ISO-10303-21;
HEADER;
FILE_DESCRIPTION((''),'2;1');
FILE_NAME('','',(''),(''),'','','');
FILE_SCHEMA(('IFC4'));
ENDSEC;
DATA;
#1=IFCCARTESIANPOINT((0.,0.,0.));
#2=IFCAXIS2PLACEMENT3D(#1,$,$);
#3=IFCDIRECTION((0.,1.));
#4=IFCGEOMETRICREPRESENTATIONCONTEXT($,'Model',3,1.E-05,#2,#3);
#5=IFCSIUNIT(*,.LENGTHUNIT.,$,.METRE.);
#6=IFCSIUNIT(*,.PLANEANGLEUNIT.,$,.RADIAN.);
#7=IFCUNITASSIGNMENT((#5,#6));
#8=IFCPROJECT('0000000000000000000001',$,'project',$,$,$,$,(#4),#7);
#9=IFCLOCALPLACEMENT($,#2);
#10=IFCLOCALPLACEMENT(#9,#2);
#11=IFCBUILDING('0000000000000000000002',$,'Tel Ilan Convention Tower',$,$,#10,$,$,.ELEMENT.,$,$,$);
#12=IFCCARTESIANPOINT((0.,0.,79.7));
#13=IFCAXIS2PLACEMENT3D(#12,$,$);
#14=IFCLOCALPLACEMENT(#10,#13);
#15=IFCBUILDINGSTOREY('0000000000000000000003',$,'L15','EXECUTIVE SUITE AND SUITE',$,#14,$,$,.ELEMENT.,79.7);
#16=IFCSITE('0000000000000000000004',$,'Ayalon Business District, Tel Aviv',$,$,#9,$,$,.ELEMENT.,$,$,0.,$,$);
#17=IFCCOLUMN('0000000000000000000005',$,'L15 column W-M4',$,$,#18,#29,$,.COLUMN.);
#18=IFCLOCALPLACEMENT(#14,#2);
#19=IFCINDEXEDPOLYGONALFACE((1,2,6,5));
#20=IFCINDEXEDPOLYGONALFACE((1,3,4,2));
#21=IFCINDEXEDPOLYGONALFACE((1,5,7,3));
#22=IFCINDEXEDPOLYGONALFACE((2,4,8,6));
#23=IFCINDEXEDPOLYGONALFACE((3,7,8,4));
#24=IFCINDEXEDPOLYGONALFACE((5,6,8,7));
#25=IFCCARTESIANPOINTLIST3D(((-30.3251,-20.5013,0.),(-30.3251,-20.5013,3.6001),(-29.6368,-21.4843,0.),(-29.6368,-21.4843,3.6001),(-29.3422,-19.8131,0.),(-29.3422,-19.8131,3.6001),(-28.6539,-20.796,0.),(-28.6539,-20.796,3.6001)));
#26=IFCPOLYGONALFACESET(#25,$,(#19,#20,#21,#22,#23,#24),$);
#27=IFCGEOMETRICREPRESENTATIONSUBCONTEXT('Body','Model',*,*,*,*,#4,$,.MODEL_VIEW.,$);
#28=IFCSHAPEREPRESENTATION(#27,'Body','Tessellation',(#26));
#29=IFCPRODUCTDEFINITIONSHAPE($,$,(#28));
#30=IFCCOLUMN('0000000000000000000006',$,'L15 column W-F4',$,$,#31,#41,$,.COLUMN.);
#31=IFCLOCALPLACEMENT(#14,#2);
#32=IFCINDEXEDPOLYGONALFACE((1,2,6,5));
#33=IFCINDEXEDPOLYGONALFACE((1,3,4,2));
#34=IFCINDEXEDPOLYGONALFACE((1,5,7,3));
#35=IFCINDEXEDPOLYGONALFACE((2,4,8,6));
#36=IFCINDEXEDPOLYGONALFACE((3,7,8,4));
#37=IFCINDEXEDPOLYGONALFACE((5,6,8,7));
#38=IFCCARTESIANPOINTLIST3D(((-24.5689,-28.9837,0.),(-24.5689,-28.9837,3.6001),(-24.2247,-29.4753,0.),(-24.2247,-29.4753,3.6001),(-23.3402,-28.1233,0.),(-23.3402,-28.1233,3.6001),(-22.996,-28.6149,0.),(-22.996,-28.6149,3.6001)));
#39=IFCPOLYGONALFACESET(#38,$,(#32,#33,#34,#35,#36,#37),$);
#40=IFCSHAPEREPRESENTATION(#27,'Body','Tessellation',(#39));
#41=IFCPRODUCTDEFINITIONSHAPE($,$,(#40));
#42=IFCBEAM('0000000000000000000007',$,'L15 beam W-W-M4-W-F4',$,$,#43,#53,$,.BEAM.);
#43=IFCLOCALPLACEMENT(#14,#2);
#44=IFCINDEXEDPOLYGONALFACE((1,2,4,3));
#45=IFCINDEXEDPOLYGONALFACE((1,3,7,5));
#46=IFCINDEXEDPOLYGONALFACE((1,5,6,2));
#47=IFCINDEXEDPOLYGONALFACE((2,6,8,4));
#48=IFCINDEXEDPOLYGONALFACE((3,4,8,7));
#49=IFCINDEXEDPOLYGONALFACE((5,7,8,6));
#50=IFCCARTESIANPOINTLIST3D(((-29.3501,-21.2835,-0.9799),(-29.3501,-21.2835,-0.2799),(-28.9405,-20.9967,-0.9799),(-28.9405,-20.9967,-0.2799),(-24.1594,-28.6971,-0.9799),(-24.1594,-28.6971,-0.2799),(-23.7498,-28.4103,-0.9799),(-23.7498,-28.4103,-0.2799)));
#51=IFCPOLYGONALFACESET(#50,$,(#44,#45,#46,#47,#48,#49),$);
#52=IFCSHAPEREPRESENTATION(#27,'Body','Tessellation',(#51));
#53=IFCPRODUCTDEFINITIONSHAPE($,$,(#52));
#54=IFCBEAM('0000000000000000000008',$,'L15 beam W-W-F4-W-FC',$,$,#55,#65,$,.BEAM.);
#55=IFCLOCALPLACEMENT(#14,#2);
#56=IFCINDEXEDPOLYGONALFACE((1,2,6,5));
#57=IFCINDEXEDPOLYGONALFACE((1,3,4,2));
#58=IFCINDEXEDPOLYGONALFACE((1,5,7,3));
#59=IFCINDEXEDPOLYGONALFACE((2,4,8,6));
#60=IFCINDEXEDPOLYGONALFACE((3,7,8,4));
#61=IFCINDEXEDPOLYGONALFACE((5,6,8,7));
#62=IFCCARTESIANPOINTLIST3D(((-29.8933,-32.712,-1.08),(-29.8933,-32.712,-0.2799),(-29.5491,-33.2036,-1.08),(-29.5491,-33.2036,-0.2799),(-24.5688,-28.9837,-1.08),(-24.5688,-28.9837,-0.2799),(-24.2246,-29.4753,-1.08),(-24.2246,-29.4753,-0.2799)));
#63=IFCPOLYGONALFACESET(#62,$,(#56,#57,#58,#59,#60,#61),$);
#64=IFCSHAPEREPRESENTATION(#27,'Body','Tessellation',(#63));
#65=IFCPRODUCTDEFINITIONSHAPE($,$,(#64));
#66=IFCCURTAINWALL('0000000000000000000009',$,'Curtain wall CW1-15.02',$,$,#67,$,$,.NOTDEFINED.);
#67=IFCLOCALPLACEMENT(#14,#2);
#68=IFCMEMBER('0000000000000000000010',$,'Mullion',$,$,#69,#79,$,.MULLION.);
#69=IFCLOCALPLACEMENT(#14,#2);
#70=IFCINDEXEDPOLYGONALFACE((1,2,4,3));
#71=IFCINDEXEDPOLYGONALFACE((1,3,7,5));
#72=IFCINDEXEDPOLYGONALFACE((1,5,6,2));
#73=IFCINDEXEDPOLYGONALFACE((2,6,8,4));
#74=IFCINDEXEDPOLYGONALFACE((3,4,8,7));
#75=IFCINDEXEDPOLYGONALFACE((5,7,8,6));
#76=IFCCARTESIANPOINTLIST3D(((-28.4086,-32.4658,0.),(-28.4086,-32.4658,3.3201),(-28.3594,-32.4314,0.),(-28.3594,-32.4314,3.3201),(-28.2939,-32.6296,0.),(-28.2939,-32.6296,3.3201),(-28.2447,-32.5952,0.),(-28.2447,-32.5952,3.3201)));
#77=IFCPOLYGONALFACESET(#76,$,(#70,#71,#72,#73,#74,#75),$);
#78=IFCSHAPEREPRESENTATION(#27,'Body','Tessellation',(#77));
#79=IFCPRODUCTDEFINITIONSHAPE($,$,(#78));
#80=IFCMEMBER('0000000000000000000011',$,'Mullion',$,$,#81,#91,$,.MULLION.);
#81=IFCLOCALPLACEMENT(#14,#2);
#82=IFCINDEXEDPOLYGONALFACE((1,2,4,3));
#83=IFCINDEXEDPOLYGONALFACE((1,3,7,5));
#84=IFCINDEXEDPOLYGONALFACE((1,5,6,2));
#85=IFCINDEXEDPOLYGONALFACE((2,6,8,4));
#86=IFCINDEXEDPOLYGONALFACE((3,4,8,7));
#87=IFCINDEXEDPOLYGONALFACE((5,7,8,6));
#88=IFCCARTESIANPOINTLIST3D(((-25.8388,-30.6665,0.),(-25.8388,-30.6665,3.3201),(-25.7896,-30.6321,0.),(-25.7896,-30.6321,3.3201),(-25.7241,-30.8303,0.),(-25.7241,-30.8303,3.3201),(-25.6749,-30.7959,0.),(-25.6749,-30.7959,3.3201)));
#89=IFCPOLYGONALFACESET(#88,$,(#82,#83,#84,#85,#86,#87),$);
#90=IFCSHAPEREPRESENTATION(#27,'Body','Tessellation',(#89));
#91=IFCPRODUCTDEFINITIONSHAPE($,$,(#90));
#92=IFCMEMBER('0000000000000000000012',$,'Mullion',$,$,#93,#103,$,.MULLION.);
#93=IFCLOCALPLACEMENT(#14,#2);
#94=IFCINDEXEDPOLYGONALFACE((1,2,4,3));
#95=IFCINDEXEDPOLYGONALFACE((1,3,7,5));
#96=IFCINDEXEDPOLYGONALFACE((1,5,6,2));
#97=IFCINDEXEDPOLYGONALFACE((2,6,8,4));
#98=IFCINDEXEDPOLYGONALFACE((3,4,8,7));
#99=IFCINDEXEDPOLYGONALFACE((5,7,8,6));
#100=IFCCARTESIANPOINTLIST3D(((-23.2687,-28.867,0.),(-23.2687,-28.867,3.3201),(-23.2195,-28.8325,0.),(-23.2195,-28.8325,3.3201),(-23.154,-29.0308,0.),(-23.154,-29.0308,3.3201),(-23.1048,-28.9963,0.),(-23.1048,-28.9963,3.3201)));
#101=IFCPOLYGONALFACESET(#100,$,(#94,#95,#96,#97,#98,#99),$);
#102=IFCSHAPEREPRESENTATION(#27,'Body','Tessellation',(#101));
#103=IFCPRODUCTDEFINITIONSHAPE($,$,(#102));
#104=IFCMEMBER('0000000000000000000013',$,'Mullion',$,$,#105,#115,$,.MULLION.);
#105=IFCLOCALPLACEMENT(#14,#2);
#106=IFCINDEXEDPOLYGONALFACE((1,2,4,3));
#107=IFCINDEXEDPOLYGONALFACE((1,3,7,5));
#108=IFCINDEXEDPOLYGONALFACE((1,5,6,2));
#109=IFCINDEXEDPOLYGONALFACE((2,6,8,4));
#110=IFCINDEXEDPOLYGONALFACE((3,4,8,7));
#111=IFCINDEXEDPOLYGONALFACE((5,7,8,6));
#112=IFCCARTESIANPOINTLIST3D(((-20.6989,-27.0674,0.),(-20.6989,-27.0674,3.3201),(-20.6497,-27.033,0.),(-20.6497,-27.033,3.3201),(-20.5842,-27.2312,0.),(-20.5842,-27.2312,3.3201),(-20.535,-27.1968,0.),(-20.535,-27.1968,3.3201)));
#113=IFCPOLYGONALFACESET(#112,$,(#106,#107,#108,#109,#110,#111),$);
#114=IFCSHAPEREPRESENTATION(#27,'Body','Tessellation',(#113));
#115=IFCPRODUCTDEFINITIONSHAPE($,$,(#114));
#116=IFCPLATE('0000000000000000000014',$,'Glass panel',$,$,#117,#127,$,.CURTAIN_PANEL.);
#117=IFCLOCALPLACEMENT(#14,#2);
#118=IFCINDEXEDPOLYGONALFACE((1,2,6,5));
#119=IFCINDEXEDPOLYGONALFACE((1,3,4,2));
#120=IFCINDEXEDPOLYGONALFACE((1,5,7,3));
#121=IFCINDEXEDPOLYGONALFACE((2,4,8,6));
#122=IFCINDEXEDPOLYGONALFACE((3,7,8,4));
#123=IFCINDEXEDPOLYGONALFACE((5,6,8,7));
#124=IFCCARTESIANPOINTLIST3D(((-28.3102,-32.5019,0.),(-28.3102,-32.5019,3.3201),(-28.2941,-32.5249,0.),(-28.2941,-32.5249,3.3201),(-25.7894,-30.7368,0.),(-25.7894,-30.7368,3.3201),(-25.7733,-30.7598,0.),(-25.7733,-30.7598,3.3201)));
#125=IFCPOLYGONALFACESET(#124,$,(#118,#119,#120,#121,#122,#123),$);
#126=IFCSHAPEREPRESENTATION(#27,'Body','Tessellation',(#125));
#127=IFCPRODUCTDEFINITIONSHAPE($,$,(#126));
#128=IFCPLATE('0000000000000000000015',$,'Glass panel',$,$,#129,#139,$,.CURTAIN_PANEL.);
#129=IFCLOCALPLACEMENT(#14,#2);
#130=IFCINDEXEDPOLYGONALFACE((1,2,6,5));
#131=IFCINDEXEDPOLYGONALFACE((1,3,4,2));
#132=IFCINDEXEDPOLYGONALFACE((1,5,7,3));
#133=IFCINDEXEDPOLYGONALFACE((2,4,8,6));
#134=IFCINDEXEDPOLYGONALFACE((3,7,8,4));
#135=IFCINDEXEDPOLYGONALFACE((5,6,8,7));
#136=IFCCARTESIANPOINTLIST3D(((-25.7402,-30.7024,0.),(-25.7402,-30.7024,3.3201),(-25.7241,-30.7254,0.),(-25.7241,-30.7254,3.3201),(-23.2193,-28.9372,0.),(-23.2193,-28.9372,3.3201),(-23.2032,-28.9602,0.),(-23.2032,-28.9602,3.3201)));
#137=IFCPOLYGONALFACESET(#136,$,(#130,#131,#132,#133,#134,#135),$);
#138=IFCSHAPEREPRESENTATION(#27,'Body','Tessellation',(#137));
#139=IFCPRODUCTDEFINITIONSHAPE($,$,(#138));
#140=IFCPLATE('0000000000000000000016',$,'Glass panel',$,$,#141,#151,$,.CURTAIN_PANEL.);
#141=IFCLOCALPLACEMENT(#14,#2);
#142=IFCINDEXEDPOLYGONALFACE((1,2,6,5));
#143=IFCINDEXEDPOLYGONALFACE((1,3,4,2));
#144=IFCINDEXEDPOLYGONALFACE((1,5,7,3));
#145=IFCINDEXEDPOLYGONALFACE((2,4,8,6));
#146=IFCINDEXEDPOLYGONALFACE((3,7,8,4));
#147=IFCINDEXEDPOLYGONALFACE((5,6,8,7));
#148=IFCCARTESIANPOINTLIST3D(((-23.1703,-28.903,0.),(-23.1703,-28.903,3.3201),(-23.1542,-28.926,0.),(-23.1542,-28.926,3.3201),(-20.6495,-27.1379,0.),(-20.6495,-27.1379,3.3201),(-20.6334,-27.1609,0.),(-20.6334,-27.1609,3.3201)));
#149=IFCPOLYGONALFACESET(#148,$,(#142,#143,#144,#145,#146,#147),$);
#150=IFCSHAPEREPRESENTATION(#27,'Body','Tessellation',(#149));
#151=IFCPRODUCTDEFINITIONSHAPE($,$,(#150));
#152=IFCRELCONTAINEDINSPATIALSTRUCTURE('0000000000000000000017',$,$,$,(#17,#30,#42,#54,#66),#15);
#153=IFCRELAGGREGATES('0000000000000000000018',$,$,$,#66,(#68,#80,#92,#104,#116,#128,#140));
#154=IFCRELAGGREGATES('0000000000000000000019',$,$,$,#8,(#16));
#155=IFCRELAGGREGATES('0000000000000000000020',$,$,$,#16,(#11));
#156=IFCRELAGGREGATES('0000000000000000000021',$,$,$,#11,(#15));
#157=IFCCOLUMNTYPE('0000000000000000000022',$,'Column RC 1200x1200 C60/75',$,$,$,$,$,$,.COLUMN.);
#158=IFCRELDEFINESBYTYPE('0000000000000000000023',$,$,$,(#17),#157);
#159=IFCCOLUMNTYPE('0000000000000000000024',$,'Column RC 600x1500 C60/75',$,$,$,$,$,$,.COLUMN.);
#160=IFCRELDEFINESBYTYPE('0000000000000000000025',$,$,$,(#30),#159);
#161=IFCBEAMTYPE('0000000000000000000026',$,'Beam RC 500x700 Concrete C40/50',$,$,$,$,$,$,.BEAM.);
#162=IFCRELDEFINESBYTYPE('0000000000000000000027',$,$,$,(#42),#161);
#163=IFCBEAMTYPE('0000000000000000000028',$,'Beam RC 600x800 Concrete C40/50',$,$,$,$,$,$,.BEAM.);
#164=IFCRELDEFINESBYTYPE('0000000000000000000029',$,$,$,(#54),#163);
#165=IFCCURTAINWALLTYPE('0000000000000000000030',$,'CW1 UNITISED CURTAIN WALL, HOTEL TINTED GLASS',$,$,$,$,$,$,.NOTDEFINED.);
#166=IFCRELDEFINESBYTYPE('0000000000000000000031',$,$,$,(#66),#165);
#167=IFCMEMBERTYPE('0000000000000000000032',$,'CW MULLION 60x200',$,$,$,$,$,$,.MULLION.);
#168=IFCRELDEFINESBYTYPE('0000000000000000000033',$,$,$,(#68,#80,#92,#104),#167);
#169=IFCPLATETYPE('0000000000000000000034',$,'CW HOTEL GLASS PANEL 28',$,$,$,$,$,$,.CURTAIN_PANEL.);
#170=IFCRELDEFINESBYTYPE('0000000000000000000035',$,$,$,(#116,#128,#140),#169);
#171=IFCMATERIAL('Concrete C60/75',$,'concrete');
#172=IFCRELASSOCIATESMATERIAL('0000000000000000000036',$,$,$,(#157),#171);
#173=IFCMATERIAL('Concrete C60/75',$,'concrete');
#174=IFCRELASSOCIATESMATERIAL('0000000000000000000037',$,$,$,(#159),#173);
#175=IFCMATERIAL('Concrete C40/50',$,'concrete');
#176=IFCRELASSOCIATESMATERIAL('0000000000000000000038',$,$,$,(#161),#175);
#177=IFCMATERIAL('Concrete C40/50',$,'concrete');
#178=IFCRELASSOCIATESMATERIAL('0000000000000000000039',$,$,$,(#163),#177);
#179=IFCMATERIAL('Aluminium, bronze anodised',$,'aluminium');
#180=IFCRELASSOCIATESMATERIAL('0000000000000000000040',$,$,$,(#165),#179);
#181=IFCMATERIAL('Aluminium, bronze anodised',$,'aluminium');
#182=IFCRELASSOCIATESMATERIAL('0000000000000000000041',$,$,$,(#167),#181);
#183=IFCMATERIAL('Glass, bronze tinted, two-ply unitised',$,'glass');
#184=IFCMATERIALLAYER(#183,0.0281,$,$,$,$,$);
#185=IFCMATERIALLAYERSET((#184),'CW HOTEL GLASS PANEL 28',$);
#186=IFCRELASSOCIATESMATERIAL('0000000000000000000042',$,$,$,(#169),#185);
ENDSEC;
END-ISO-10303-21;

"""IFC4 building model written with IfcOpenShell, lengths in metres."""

from ifc_helpers import new_model, si_unit, direction, frame, origin, origin_2d, place, context, subcontext, project, spatial, rectangle, extrude, material, layer, layer_set, material_profile, profile_set, type_object, element, aggregate, save


model = new_model("IFC4")

# Units and contexts
model_context = context("Model", 3, precision=1e-05, world=origin(), true_north=direction((0.0, 1.0)))
body_context = subcontext(model_context, "Body", "Model", "MODEL_VIEW")
ifc_project = project(units=[si_unit("LENGTHUNIT", "METRE"), si_unit("PLANEANGLEUNIT", "RADIAN")], contexts=[model_context])

# Site, building, storey
site_placement = place(None, origin())
site = spatial("IfcSite", under=ifc_project, at=site_placement, Name="Ayalon Business District, Tel Aviv", CompositionType="ELEMENT", RefElevation=0.0)
building_placement = place(site_placement, origin())
building = spatial("IfcBuilding", under=site, at=building_placement, Name="Tel Ilan Convention Tower", CompositionType="ELEMENT")
storey_placement = place(building_placement, frame((0.0, 0.0, 79.7)))
storey = spatial("IfcBuildingStorey", under=building, at=storey_placement, Name="L15", Description="EXECUTIVE SUITE AND SUITE", CompositionType="ELEMENT", Elevation=79.7)

# Columns
ifc_material_1 = material(Name="Concrete C60/75", Category="concrete")
ifc_material_profile_1 = material_profile(ifc_material_1, rectangle(XDim=1.2, YDim=1.2, at=origin_2d()), Name="RC 1200x1200")
ifc_profile_set_1 = profile_set([ifc_material_profile_1], Name="Concrete C60/75")
column_type_1 = type_object("IfcColumnType", Name="Column RC 1200x1200 C60/75", PredefinedType="COLUMN", material=ifc_profile_set_1)
column_1_placement = place(storey_placement, frame((-29.4895, -20.6487, 0.0), z_axis=(0.0, 0.0, 1.0), x_axis=(-0.819152, -0.573576, 0.0)))
element("IfcColumn", 1, at=column_1_placement, inside=storey, type_object=column_type_1, Name="L15 column W-M4", PredefinedType="COLUMN", context=body_context, shape_type="SweptSolid", body=[
    extrude(rectangle(XDim=1.2, YDim=1.2, at=origin_2d()), origin(), (0.0, 0.0, 1.0), 3.6001),
])
ifc_material_2 = material(Name="Concrete C60/75", Category="concrete")
ifc_material_profile_2 = material_profile(ifc_material_2, rectangle(XDim=1.5, YDim=0.6001, at=origin_2d()), Name="RC 600x1500")
ifc_profile_set_2 = profile_set([ifc_material_profile_2], Name="Concrete C60/75")
column_type_2 = type_object("IfcColumnType", Name="Column RC 600x1500 C60/75", PredefinedType="COLUMN", material=ifc_profile_set_2)
column_2_placement = place(storey_placement, frame((-23.7825, -28.7993, 0.0), z_axis=(0.0, 0.0, 1.0), x_axis=(-0.819152, -0.573576, 0.0)))
element("IfcColumn", 2, at=column_2_placement, inside=storey, type_object=column_type_2, Name="L15 column W-F4", PredefinedType="COLUMN", context=body_context, shape_type="SweptSolid", body=[
    extrude(rectangle(XDim=1.5, YDim=0.6001, at=origin_2d()), origin(), (0.0, 0.0, 1.0), 3.6001),
])

# Beams
ifc_material_3 = material(Name="Concrete C40/50", Category="concrete")
ifc_material_profile_3 = material_profile(ifc_material_3, rectangle(XDim=0.5, YDim=0.7, at=origin_2d()), Name="RC 500x700")
ifc_profile_set_3 = profile_set([ifc_material_profile_3], Name="Concrete C40/50")
beam_type_1 = type_object("IfcBeamType", Name="Beam RC 500x700 Concrete C40/50", PredefinedType="BEAM", material=ifc_profile_set_3)
beam_1_placement = place(storey_placement, frame((-29.1453, -21.1401, -0.6299), z_axis=(0.573549, -0.819171, 0.0), x_axis=(0.819171, 0.573549, 0.0)))
element("IfcBeam", 3, at=beam_1_placement, inside=storey, type_object=beam_type_1, Name="L15 beam W-W-M4-W-F4", PredefinedType="BEAM", context=body_context, shape_type="SweptSolid", body=[
    extrude(rectangle(XDim=0.5, YDim=0.7, at=origin_2d()), origin(), (0.0, 0.0, 1.0), 9.05),
])
ifc_material_4 = material(Name="Concrete C40/50", Category="concrete")
ifc_material_profile_4 = material_profile(ifc_material_4, rectangle(XDim=0.6001, YDim=0.8, at=origin_2d()), Name="RC 600x800")
ifc_profile_set_4 = profile_set([ifc_material_profile_4], Name="Concrete C40/50")
beam_type_2 = type_object("IfcBeamType", Name="Beam RC 600x800 Concrete C40/50", PredefinedType="BEAM", material=ifc_profile_set_4)
beam_2_placement = place(storey_placement, frame((-24.3967, -29.2295, -0.6799), z_axis=(-0.819149, -0.573581, 0.0), x_axis=(0.573581, -0.819149, 0.0)))
element("IfcBeam", 4, at=beam_2_placement, inside=storey, type_object=beam_type_2, Name="L15 beam W-W-F4-W-FC", PredefinedType="BEAM", context=body_context, shape_type="SweptSolid", body=[
    extrude(rectangle(XDim=0.6001, YDim=0.8, at=origin_2d()), origin(), (0.0, 0.0, 1.0), 6.5),
])

# Curtain wall, members, plates
ifc_material_5 = material(Name="Aluminium, bronze anodised", Category="aluminium")
curtain_wall_type = type_object("IfcCurtainWallType", Name="CW1 UNITISED CURTAIN WALL, HOTEL TINTED GLASS", PredefinedType="NOTDEFINED", material=ifc_material_5)
curtain_wall_placement = place(storey_placement, origin())
curtain_wall = element("IfcCurtainWall", 5, at=curtain_wall_placement, inside=storey, type_object=curtain_wall_type, Name="Curtain wall CW1-15.02", PredefinedType="NOTDEFINED")
ifc_material_6 = material(Name="Aluminium, bronze anodised", Category="aluminium")
ifc_material_profile_5 = material_profile(ifc_material_6, rectangle(XDim=0.0601, YDim=0.2, at=origin_2d()), Name="CW MULLION 60x200")
ifc_profile_set_5 = profile_set([ifc_material_profile_5], Name="Aluminium, bronze anodised")
member_type = type_object("IfcMemberType", Name="CW MULLION 60x200", PredefinedType="MULLION", material=ifc_profile_set_5)
member_1_placement = place(storey_placement, frame((-28.3267, -32.5305, 0.0), z_axis=(0.0, 0.0, 1.0), x_axis=(0.819152, 0.573576, 0.0)))
member_1 = element("IfcMember", 6, at=member_1_placement, type_object=member_type, Name="Mullion", PredefinedType="MULLION", context=body_context, shape_type="SweptSolid", body=[
    extrude(rectangle(XDim=0.0601, YDim=0.2, at=origin_2d()), origin(), (0.0, 0.0, 1.0), 3.3201),
])
member_2_placement = place(storey_placement, frame((-25.7568, -30.7312, 0.0), z_axis=(0.0, 0.0, 1.0), x_axis=(0.819152, 0.573576, 0.0)))
member_2 = element("IfcMember", 7, at=member_2_placement, type_object=member_type, Name="Mullion", PredefinedType="MULLION", context=body_context, shape_type="SweptSolid", body=[
    extrude(rectangle(XDim=0.0601, YDim=0.2, at=origin_2d()), origin(), (0.0, 0.0, 1.0), 3.3201),
])
member_3_placement = place(storey_placement, frame((-23.1868, -28.9316, 0.0), z_axis=(0.0, 0.0, 1.0), x_axis=(0.819152, 0.573576, 0.0)))
member_3 = element("IfcMember", 8, at=member_3_placement, type_object=member_type, Name="Mullion", PredefinedType="MULLION", context=body_context, shape_type="SweptSolid", body=[
    extrude(rectangle(XDim=0.0601, YDim=0.2, at=origin_2d()), origin(), (0.0, 0.0, 1.0), 3.3201),
])
member_4_placement = place(storey_placement, frame((-20.6169, -27.1321, 0.0), z_axis=(0.0, 0.0, 1.0), x_axis=(0.819152, 0.573576, 0.0)))
member_4 = element("IfcMember", 9, at=member_4_placement, type_object=member_type, Name="Mullion", PredefinedType="MULLION", context=body_context, shape_type="SweptSolid", body=[
    extrude(rectangle(XDim=0.0601, YDim=0.2, at=origin_2d()), origin(), (0.0, 0.0, 1.0), 3.3201),
])
ifc_material_7 = material(Name="Glass, bronze tinted, two-ply unitised", Category="glass")
ifc_layer_1 = layer(ifc_material_7, 0.0281)
ifc_layer_set_1 = layer_set([ifc_layer_1], Name="CW HOTEL GLASS PANEL 28")
plate_type = type_object("IfcPlateType", Name="CW HOTEL GLASS PANEL 28", PredefinedType="CURTAIN_PANEL", material=ifc_layer_set_1)
plate_1_placement = place(storey_placement, frame((-27.0417, -31.6309, 0.0), z_axis=(0.0, 0.0, 1.0), x_axis=(0.819152, 0.573576, 0.0)))
plate_1 = element("IfcPlate", 10, at=plate_1_placement, type_object=plate_type, Name="Glass panel", PredefinedType="CURTAIN_PANEL", context=body_context, shape_type="SweptSolid", body=[
    extrude(rectangle(XDim=3.0774, YDim=0.0281, at=origin_2d()), origin(), (0.0, 0.0, 1.0), 3.3201),
])
plate_2_placement = place(storey_placement, frame((-24.4717, -29.8313, 0.0), z_axis=(0.0, 0.0, 1.0), x_axis=(0.819152, 0.573576, 0.0)))
plate_2 = element("IfcPlate", 11, at=plate_2_placement, type_object=plate_type, Name="Glass panel", PredefinedType="CURTAIN_PANEL", context=body_context, shape_type="SweptSolid", body=[
    extrude(rectangle(XDim=3.0774, YDim=0.0281, at=origin_2d()), origin(), (0.0, 0.0, 1.0), 3.3201),
])
plate_3_placement = place(storey_placement, frame((-21.9019, -28.032, 0.0), z_axis=(0.0, 0.0, 1.0), x_axis=(0.819152, 0.573576, 0.0)))
plate_3 = element("IfcPlate", 12, at=plate_3_placement, type_object=plate_type, Name="Glass panel", PredefinedType="CURTAIN_PANEL", context=body_context, shape_type="SweptSolid", body=[
    extrude(rectangle(XDim=3.0774, YDim=0.0281, at=origin_2d()), origin(), (0.0, 0.0, 1.0), 3.3201),
])
aggregate(curtain_wall, [member_1, member_2, member_3, member_4, plate_1, plate_2, plate_3])

save(model, "model.ifc")
